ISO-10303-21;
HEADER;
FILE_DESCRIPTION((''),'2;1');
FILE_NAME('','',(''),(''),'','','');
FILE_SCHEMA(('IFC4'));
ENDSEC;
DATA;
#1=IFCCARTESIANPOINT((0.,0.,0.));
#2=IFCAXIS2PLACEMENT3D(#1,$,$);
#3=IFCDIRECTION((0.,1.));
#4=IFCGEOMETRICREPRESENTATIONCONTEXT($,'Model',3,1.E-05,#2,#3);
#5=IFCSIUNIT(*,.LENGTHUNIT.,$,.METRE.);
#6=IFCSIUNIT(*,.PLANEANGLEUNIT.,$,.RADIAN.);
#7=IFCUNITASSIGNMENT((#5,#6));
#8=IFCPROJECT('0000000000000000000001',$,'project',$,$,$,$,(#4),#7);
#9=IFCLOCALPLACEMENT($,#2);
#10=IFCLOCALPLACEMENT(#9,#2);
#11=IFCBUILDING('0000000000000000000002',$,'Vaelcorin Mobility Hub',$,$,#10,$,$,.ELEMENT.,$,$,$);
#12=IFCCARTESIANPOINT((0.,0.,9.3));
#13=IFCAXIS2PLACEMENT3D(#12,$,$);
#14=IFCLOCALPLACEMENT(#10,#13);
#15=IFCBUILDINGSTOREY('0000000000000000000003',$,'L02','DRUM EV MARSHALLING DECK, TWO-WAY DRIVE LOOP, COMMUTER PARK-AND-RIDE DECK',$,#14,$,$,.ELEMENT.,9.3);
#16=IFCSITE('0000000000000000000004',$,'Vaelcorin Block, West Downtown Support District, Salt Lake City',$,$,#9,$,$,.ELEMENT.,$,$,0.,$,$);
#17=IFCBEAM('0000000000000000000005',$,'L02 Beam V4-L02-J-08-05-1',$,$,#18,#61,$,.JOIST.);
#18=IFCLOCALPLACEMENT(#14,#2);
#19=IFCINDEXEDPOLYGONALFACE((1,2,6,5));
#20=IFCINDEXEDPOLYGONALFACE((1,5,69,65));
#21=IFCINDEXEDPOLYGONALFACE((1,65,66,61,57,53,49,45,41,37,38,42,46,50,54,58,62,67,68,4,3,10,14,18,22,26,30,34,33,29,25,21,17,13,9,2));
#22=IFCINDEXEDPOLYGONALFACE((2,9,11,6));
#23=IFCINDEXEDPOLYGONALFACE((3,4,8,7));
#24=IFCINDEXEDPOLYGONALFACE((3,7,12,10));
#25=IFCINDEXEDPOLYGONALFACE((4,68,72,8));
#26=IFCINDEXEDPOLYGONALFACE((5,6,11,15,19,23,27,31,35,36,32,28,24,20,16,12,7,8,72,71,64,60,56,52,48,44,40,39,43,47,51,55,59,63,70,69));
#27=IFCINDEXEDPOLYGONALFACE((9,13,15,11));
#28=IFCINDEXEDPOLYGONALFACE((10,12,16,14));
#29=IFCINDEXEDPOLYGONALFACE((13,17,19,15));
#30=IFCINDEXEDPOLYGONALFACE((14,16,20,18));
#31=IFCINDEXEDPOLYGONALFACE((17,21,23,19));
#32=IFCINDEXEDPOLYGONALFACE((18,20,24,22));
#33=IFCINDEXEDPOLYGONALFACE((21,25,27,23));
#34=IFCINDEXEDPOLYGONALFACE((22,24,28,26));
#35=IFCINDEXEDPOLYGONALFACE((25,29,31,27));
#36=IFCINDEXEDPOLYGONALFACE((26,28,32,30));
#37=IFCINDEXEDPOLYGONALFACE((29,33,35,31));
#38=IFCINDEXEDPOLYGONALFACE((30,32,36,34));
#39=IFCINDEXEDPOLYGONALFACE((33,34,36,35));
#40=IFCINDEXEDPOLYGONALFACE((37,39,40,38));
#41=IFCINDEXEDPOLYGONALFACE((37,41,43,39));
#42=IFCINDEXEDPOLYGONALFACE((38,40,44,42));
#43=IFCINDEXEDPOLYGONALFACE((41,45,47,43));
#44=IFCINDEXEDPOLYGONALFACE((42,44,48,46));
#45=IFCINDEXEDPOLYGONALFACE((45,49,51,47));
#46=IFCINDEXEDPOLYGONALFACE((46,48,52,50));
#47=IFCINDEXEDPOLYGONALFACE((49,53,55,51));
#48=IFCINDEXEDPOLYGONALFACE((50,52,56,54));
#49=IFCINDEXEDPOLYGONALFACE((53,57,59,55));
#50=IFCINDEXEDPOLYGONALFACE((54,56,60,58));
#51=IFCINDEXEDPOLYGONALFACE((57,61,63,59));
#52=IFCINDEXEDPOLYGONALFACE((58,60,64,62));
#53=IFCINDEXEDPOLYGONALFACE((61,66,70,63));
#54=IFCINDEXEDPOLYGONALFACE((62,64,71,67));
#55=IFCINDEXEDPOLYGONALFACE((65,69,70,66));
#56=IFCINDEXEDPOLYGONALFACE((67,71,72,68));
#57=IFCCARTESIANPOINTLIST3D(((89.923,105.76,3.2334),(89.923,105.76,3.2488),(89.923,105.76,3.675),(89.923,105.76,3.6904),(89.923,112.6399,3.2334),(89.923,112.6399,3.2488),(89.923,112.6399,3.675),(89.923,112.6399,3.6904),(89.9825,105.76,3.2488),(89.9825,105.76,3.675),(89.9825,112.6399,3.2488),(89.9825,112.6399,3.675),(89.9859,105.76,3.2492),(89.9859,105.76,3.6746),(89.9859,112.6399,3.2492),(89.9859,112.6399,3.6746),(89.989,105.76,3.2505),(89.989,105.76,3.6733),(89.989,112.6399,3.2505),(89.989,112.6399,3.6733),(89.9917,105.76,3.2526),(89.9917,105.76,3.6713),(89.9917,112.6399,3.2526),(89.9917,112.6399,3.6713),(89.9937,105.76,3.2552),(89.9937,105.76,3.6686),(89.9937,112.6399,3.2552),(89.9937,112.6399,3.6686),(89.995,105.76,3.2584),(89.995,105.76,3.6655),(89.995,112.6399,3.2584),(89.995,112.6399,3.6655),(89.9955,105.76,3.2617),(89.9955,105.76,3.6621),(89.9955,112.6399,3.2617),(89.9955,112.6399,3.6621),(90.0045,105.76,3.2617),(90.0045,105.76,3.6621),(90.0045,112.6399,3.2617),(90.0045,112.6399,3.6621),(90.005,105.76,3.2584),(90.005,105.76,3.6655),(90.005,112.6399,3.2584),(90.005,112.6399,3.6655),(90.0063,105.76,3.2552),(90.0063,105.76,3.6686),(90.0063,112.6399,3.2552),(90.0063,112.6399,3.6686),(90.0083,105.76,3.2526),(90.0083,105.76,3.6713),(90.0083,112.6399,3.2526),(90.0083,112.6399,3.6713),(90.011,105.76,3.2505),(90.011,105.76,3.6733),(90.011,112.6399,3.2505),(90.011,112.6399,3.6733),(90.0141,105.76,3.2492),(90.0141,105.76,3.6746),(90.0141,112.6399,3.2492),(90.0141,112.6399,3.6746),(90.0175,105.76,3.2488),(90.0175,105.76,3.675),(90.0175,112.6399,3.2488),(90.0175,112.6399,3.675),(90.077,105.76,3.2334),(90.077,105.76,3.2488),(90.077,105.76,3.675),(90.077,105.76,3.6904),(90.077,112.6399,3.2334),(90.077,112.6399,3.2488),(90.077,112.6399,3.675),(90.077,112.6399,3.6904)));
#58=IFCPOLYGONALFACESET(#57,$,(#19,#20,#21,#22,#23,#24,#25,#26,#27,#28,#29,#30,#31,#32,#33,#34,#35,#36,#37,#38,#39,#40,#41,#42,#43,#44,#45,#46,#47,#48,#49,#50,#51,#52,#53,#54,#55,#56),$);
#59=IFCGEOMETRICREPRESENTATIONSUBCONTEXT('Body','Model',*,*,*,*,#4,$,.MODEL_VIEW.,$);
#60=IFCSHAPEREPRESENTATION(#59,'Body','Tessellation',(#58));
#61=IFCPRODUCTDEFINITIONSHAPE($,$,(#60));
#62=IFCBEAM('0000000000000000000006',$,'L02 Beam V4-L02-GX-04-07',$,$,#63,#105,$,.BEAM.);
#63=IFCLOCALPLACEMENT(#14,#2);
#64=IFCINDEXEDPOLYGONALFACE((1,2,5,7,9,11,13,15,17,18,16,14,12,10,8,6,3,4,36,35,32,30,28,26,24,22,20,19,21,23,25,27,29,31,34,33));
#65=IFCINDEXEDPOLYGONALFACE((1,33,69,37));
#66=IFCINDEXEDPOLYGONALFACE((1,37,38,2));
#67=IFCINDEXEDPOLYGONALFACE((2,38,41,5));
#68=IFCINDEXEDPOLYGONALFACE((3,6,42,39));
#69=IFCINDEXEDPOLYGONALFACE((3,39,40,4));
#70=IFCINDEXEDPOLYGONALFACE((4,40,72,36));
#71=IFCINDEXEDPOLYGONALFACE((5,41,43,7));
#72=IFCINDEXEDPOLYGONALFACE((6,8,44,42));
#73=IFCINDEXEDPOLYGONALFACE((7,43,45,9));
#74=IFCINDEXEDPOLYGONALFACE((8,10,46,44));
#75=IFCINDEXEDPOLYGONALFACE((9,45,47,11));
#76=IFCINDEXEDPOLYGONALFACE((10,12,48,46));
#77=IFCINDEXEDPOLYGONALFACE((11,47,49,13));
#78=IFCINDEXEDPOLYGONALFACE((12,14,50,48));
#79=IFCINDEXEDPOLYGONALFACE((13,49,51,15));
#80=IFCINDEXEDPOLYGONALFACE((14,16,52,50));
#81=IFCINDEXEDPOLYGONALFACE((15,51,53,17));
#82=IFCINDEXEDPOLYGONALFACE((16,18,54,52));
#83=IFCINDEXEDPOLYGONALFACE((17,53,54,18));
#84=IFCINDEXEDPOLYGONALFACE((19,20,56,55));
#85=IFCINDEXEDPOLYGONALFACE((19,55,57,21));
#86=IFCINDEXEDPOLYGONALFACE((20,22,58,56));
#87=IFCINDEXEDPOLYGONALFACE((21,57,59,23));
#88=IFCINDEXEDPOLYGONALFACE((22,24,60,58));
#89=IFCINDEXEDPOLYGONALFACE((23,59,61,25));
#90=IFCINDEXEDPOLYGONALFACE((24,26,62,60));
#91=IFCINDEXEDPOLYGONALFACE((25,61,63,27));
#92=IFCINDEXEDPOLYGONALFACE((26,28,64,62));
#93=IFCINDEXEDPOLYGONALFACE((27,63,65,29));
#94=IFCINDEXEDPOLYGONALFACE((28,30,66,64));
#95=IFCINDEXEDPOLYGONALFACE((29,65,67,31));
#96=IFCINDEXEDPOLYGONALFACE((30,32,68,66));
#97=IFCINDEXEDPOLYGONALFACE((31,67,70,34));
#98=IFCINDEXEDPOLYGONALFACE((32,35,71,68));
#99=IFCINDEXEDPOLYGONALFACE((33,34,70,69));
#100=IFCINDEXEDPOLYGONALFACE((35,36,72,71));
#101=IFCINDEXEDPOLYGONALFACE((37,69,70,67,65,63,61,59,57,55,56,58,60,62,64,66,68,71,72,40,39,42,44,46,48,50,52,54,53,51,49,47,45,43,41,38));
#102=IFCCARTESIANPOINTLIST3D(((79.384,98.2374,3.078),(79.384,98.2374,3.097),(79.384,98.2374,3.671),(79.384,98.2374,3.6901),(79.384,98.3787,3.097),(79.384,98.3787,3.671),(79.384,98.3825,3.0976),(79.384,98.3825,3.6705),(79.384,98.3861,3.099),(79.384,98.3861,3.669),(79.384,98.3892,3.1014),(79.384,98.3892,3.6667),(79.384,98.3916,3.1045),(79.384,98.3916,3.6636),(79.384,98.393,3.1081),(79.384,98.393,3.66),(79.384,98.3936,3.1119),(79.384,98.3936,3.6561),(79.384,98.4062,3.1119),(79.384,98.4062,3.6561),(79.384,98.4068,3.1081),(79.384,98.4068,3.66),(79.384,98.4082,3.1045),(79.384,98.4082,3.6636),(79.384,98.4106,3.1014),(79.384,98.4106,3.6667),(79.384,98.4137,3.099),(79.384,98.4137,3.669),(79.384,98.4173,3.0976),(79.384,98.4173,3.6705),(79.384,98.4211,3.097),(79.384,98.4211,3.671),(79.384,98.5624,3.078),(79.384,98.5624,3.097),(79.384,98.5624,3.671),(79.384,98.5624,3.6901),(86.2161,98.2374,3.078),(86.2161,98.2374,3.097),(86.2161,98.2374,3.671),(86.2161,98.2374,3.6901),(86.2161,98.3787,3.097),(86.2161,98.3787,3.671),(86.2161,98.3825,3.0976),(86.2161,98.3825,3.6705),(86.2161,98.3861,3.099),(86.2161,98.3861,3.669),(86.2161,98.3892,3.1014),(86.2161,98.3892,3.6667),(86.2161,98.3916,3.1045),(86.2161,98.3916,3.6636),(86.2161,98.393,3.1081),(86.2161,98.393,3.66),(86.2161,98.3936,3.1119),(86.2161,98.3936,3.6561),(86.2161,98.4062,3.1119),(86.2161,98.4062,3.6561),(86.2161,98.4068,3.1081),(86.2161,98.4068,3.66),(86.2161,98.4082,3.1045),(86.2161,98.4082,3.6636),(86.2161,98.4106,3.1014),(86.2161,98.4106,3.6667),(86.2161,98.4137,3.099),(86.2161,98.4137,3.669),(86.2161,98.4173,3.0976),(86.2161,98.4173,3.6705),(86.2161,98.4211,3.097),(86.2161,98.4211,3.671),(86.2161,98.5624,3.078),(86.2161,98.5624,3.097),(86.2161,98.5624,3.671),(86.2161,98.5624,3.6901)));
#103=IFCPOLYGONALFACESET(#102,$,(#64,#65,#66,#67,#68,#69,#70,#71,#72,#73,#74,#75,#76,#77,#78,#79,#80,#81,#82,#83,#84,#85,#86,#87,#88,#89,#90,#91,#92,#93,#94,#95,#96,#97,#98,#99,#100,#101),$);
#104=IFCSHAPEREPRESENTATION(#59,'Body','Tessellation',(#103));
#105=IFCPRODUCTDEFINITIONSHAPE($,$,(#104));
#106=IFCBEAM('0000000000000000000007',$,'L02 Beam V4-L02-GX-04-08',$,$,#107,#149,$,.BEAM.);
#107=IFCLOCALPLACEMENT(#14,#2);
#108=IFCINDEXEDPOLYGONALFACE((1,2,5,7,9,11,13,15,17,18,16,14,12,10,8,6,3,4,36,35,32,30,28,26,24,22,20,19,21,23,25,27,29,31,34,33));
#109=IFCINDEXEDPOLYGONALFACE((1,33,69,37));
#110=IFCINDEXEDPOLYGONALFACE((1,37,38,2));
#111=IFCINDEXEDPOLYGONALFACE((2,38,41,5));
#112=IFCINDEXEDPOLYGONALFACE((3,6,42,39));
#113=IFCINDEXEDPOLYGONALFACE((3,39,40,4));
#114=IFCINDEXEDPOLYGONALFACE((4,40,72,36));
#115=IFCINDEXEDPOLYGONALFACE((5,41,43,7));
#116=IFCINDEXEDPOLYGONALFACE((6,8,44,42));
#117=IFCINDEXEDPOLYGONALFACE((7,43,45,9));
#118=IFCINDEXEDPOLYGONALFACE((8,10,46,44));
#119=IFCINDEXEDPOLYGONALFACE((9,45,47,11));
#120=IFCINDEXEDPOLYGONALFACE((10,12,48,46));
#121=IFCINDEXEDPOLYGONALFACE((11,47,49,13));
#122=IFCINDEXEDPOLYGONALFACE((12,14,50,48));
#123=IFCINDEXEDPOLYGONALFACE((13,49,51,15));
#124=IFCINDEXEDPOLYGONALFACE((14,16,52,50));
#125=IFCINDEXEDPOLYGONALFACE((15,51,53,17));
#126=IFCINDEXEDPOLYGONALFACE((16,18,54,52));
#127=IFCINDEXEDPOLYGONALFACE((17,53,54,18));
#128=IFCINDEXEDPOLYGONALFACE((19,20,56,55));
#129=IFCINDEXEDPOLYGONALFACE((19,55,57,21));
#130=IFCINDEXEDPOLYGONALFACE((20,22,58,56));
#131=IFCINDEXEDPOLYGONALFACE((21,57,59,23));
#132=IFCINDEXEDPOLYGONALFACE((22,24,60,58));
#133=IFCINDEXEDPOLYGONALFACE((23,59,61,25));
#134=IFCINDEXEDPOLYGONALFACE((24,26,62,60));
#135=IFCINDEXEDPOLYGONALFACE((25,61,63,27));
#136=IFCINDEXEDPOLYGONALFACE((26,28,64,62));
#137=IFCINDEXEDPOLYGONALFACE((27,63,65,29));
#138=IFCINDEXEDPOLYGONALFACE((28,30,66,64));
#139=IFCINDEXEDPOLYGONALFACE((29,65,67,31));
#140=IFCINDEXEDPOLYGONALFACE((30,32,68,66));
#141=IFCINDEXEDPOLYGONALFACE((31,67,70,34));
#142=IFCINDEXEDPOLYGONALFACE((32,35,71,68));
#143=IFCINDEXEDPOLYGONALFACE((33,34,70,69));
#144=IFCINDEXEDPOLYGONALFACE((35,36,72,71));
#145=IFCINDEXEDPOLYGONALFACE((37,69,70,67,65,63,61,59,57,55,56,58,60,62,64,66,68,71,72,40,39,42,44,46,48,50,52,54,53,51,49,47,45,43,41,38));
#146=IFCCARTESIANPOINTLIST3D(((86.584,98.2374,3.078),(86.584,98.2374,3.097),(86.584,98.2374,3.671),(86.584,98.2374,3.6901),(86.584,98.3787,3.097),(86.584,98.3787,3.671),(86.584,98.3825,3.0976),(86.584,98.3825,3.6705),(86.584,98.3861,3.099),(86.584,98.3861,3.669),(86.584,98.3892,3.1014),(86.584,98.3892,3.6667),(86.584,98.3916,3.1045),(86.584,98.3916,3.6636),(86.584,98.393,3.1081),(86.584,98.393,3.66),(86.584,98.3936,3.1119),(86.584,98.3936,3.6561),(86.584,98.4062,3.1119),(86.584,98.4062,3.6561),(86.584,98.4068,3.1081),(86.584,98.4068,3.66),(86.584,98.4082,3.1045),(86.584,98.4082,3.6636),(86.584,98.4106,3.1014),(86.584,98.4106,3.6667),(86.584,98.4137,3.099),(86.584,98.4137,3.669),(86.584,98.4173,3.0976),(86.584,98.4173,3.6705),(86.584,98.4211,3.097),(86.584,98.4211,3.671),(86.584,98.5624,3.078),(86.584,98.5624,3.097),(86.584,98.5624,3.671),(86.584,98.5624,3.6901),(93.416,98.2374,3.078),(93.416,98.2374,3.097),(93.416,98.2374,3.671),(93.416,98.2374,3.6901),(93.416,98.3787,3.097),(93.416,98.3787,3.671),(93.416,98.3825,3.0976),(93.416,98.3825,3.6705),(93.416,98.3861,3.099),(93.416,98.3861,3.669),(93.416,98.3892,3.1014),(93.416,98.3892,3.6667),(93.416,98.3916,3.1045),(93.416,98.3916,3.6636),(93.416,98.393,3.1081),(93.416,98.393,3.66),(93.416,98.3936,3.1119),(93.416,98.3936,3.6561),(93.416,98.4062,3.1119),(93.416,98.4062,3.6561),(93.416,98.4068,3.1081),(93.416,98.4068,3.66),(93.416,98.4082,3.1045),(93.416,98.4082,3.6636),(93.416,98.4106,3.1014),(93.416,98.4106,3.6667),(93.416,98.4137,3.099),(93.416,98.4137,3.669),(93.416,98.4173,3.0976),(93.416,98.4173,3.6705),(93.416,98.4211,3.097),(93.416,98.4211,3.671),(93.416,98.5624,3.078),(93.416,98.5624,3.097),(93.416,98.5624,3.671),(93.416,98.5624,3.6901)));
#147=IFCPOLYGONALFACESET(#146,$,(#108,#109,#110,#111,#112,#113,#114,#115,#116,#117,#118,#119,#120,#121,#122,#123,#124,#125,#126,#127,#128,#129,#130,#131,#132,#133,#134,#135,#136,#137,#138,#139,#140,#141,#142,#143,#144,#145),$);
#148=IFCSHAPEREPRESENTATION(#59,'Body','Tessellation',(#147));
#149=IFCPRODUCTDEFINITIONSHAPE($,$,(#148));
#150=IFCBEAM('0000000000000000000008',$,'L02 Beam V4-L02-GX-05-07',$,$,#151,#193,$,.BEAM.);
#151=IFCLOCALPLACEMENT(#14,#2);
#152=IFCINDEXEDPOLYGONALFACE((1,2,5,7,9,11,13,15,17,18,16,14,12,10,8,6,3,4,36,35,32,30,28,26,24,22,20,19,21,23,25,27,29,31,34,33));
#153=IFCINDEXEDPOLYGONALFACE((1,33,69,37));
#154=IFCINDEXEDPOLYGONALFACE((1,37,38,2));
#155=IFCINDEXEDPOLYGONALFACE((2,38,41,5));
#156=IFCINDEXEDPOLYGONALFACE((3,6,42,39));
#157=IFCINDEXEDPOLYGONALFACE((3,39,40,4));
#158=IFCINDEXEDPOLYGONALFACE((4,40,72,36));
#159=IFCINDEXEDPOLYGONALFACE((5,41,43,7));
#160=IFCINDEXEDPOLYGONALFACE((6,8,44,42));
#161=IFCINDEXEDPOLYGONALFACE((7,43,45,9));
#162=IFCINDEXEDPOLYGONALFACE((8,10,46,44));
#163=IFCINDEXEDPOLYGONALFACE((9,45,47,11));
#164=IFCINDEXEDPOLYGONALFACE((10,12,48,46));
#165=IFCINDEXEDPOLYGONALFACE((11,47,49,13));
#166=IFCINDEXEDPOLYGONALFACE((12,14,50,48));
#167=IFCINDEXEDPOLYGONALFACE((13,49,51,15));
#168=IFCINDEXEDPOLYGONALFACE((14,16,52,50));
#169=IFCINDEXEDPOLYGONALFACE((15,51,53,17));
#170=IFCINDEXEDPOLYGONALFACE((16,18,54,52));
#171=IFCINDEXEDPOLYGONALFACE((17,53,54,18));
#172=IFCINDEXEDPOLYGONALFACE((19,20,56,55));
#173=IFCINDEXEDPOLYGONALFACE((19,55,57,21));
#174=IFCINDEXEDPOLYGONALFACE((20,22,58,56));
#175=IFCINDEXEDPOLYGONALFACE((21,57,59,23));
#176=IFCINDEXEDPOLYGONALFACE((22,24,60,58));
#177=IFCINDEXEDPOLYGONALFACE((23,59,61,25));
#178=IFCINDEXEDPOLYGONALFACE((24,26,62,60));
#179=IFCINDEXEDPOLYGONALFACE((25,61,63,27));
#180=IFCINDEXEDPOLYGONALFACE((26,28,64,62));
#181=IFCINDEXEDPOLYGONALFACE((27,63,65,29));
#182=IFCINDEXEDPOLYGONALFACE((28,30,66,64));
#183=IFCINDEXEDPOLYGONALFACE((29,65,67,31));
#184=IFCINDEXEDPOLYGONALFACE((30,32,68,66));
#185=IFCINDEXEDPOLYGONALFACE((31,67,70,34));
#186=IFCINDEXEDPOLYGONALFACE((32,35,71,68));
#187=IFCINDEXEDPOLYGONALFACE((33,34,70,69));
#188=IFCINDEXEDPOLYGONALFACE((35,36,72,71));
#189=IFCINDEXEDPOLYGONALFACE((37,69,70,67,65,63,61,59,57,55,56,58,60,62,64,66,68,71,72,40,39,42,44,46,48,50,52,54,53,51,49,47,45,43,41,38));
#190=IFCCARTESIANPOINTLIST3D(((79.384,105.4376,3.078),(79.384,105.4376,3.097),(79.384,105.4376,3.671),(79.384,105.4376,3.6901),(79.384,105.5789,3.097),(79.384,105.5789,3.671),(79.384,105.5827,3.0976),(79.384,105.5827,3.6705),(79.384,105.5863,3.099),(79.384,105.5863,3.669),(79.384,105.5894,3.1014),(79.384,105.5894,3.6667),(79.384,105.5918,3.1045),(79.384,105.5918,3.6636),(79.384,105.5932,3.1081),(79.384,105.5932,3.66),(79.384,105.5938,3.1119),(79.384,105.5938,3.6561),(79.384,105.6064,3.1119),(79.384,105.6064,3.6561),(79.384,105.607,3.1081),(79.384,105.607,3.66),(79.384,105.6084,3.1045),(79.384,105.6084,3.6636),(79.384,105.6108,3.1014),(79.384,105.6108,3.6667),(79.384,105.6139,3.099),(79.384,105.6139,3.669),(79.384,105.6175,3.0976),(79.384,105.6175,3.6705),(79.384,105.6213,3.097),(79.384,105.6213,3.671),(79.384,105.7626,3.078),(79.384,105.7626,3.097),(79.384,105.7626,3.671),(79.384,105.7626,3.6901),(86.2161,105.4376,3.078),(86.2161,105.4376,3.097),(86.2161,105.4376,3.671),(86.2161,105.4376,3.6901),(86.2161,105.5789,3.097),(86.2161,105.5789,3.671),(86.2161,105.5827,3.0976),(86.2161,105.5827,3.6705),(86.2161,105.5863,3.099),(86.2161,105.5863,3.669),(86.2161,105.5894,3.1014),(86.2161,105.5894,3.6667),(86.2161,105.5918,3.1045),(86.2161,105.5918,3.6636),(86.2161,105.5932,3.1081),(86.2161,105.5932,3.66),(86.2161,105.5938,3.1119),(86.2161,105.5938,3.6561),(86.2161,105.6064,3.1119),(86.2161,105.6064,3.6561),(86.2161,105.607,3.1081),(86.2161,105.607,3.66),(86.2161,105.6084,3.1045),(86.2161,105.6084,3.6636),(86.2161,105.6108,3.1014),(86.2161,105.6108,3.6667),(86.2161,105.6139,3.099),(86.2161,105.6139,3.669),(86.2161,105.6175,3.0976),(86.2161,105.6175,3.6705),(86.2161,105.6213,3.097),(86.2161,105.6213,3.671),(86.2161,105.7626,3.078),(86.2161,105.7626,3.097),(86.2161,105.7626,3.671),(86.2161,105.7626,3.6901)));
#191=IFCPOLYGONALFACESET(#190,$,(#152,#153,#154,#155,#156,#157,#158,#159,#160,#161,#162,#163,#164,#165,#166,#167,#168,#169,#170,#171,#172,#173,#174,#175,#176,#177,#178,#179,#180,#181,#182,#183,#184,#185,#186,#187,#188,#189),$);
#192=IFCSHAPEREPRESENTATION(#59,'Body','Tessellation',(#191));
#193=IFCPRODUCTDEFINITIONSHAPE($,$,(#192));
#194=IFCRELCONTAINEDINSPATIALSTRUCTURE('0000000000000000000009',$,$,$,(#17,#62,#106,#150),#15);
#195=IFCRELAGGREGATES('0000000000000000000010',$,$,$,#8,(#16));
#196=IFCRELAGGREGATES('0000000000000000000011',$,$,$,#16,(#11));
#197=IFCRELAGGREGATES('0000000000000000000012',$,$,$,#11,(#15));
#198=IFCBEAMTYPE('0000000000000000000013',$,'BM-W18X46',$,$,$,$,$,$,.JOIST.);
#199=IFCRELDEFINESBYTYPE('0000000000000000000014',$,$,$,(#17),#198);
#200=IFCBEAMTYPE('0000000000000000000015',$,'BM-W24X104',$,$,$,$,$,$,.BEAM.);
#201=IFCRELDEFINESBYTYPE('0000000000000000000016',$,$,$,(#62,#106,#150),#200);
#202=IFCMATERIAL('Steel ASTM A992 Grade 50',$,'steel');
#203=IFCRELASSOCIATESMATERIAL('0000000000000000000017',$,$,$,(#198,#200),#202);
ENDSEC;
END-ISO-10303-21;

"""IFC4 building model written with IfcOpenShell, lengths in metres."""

from ifc_helpers import new_model, si_unit, direction, frame, origin, origin_2d, place, context, subcontext, project, spatial, i_section, extrude, material, material_profile, profile_set, type_object, element, save


model = new_model("IFC4")

# Units and contexts
model_context = context("Model", 3, precision=1e-05, world=origin(), true_north=direction((0.0, 1.0)))
body_context = subcontext(model_context, "Body", "Model", "MODEL_VIEW")
ifc_project = project(units=[si_unit("LENGTHUNIT", "METRE"), si_unit("PLANEANGLEUNIT", "RADIAN")], contexts=[model_context])

# Site, building, storey
site_placement = place(None, origin())
site = spatial("IfcSite", under=ifc_project, at=site_placement, Name="Vaelcorin Block, West Downtown Support District, Salt Lake City", CompositionType="ELEMENT", RefElevation=0.0)
building_placement = place(site_placement, origin())
building = spatial("IfcBuilding", under=site, at=building_placement, Name="Vaelcorin Mobility Hub", CompositionType="ELEMENT")
storey_placement = place(building_placement, frame((0.0, 0.0, 9.3)))
storey = spatial("IfcBuildingStorey", under=building, at=storey_placement, Name="L02", Description="DRUM EV MARSHALLING DECK, TWO-WAY DRIVE LOOP, COMMUTER PARK-AND-RIDE DECK", CompositionType="ELEMENT", Elevation=9.3)

# Shared definitions
ifc_material_1 = material(Name="Steel ASTM A992 Grade 50", Category="steel")

# Beams
ifc_material_profile_1 = material_profile(ifc_material_1, i_section(OverallWidth=0.1541, OverallDepth=0.457, WebThickness=0.009, FlangeThickness=0.0154, FilletRadius=0.0129, at=origin_2d()), Name="W18X46")
ifc_profile_set_1 = profile_set([ifc_material_profile_1], Name="Steel ASTM A992 Grade 50")
beam_type_1 = type_object("IfcBeamType", Name="BM-W18X46", PredefinedType="JOIST", material=ifc_profile_set_1)
for number, where, z_axis, x_axis, name in (
    (1, (90.0, 105.76, 3.4619), (0.0, 1.0, 0.0), (-1.0, 0.0, 0.0), "L02 Beam V4-L02-J-08-05-1"),
):
    element("IfcBeam", number, at=place(storey_placement, frame(where, z_axis=z_axis, x_axis=x_axis)), inside=storey, type_object=beam_type_1, Name=name, PredefinedType="JOIST", context=body_context, shape_type="SweptSolid", body=[
        extrude(i_section(OverallWidth=0.1541, OverallDepth=0.457, WebThickness=0.009, FlangeThickness=0.0154, FilletRadius=0.0129, at=origin_2d()), origin(), (0.0, 0.0, 1.0), 6.8799),
    ])
ifc_material_profile_2 = material_profile(ifc_material_1, i_section(OverallWidth=0.325, OverallDepth=0.6121, WebThickness=0.0127, FlangeThickness=0.019, FilletRadius=0.0149, at=origin_2d()), Name="W24X104")
ifc_profile_set_2 = profile_set([ifc_material_profile_2], Name="Steel ASTM A992 Grade 50")
beam_type_2 = type_object("IfcBeamType", Name="BM-W24X104", PredefinedType="BEAM", material=ifc_profile_set_2)
for number, where, z_axis, x_axis, name in (
    (2, (79.384, 98.3999, 3.384), (1.0, 0.0, 0.0), (0.0, 1.0, 0.0), "L02 Beam V4-L02-GX-04-07"),
    (3, (86.584, 98.3999, 3.384), (1.0, 0.0, 0.0), (0.0, 1.0, 0.0), "L02 Beam V4-L02-GX-04-08"),
    (4, (79.384, 105.6001, 3.384), (1.0, 0.0, 0.0), (0.0, 1.0, 0.0), "L02 Beam V4-L02-GX-05-07"),
):
    element("IfcBeam", number, at=place(storey_placement, frame(where, z_axis=z_axis, x_axis=x_axis)), inside=storey, type_object=beam_type_2, Name=name, PredefinedType="BEAM", context=body_context, shape_type="SweptSolid", body=[
        extrude(i_section(OverallWidth=0.325, OverallDepth=0.6121, WebThickness=0.0127, FlangeThickness=0.019, FilletRadius=0.0149, at=origin_2d()), origin(), (0.0, 0.0, 1.0), 6.832),
    ])

save(model, "model.ifc")
